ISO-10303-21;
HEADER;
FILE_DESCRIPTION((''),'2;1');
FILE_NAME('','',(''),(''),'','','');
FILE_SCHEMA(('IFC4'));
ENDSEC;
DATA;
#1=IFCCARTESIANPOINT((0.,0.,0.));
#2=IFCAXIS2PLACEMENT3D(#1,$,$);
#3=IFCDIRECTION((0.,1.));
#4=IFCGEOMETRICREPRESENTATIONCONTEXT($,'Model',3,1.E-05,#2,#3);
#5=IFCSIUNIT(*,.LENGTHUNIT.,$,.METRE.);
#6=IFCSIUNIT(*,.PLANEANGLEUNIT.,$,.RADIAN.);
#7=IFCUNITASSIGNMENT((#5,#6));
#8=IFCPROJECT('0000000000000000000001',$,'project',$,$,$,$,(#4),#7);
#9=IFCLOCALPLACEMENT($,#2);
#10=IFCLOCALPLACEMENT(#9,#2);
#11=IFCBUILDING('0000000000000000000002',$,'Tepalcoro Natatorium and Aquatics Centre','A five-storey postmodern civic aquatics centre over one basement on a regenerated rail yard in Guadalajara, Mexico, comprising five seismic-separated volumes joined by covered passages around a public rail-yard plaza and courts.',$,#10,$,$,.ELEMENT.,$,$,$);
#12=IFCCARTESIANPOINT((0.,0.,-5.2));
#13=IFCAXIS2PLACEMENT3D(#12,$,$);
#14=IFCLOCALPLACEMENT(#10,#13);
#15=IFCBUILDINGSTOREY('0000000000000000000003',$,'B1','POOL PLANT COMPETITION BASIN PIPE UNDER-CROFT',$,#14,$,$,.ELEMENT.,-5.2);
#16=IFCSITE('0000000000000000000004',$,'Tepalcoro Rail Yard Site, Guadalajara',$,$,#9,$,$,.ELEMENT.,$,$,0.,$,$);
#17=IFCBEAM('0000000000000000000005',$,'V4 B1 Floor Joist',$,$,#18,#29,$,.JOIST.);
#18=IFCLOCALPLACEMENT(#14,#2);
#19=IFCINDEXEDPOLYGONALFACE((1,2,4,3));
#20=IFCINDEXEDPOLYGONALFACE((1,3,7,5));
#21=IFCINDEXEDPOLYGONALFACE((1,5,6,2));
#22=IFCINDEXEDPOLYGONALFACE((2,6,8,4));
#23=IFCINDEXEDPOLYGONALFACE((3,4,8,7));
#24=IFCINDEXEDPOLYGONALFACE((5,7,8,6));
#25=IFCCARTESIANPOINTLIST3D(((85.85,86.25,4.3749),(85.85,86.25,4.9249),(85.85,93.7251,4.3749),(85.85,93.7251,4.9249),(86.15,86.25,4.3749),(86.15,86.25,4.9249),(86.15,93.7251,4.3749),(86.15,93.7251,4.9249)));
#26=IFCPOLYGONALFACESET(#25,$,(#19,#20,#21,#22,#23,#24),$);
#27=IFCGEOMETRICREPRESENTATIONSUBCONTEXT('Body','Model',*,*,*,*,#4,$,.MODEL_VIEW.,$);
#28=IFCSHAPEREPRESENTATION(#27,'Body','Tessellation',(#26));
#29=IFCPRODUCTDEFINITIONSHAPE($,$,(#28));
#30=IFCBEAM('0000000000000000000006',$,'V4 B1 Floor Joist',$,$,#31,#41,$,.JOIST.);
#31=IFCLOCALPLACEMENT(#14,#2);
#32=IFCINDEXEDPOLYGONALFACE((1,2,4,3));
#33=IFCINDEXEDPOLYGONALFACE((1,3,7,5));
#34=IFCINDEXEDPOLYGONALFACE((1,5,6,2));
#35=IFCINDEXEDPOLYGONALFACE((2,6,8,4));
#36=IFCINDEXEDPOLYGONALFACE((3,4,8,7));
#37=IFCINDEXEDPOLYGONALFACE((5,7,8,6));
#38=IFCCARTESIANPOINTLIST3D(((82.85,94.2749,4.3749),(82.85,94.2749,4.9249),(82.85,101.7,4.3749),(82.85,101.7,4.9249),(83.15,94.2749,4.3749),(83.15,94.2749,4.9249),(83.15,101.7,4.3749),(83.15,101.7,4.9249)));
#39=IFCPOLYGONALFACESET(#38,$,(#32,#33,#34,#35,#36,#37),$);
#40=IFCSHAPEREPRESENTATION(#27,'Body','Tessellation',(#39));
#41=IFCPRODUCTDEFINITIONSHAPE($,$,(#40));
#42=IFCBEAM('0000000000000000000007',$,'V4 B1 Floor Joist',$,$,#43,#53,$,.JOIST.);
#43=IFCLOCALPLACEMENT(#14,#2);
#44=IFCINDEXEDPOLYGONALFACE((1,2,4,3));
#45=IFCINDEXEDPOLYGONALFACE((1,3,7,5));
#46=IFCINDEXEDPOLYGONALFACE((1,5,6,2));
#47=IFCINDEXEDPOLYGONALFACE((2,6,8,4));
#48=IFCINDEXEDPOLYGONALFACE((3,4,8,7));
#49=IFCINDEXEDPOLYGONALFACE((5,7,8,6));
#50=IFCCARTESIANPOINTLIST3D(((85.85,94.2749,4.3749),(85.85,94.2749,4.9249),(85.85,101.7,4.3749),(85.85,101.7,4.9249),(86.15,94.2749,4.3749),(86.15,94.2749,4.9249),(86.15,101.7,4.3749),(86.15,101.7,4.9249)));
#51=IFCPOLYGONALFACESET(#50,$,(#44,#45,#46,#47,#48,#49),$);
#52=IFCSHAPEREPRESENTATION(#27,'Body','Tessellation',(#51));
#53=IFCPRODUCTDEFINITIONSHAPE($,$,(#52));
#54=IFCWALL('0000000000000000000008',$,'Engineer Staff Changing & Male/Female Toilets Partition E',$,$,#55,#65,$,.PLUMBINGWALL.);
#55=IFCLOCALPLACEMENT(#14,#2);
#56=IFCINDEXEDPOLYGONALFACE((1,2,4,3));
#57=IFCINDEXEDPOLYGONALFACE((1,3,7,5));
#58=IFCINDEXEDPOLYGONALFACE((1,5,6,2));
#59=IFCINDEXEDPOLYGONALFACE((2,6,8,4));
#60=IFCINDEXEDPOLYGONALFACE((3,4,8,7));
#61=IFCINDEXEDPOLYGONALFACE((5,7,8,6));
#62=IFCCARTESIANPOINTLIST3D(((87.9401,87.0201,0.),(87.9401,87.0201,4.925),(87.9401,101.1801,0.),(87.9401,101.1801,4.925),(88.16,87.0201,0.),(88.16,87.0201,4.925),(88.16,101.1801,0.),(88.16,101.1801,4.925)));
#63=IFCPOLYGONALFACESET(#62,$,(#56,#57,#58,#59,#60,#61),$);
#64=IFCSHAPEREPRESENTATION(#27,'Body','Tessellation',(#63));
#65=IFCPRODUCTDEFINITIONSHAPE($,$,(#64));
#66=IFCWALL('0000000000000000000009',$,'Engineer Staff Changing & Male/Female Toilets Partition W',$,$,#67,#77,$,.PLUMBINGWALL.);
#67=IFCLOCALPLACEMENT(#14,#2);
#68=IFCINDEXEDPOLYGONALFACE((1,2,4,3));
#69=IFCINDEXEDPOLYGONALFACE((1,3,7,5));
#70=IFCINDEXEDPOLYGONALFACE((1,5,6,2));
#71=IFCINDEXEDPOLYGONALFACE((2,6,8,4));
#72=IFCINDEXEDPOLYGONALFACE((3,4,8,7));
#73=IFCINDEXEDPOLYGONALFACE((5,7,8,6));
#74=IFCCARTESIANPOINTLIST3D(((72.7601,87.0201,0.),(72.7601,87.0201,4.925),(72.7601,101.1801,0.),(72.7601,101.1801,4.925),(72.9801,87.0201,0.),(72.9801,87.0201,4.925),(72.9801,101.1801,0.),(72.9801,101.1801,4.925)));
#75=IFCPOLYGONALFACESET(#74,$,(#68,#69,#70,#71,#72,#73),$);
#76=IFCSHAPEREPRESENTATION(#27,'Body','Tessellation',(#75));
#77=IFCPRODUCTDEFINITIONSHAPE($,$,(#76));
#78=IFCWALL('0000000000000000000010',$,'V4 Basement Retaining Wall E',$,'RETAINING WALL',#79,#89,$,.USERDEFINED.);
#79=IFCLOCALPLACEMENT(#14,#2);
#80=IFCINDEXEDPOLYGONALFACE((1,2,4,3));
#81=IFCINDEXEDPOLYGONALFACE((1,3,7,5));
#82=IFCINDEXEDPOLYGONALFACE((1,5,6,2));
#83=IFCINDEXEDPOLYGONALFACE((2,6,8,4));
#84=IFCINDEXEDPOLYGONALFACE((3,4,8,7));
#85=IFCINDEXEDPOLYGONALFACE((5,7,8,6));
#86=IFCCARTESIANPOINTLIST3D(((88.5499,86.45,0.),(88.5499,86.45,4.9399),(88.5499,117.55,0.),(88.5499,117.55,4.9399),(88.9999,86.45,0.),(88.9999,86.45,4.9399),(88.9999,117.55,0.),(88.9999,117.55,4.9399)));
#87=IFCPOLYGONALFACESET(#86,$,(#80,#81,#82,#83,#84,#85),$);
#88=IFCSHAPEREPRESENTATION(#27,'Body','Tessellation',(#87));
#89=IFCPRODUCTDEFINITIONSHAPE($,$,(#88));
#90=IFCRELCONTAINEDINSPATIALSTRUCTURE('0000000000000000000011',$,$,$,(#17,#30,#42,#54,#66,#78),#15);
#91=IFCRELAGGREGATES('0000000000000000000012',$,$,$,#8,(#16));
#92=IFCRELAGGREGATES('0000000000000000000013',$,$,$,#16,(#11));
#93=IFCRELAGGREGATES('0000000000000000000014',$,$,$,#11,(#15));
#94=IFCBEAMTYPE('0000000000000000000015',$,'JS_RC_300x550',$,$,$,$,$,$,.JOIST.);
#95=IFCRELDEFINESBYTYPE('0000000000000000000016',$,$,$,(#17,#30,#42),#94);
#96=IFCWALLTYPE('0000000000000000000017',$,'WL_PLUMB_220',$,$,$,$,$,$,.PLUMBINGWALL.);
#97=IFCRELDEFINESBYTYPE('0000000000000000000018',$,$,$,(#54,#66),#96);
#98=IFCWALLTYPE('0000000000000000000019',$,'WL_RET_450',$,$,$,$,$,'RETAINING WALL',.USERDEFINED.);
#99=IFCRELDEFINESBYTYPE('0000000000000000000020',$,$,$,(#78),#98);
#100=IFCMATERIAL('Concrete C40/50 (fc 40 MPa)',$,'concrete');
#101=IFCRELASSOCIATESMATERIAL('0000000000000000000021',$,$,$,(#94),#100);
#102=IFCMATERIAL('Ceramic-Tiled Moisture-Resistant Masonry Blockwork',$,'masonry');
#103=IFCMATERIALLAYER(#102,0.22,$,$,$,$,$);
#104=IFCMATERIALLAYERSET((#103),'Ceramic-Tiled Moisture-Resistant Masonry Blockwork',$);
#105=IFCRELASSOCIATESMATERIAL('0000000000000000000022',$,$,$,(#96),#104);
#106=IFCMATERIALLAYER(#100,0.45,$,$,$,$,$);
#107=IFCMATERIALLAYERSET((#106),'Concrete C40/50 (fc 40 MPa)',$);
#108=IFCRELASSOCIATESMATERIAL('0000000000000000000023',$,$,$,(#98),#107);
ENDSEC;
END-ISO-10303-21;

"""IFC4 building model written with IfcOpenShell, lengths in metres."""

from ifc_helpers import new_model, si_unit, direction, frame, frame_2d, origin, origin_2d, place, context, subcontext, project, spatial, rectangle, extrude, material, layer, layer_set, material_profile, profile_set, type_object, element, save


model = new_model("IFC4")

# Units and contexts
model_context = context("Model", 3, precision=1e-05, world=origin(), true_north=direction((0.0, 1.0)))
body_context = subcontext(model_context, "Body", "Model", "MODEL_VIEW")
ifc_project = project(units=[si_unit("LENGTHUNIT", "METRE"), si_unit("PLANEANGLEUNIT", "RADIAN")], contexts=[model_context])

# Site, building, storey
site_placement = place(None, origin())
site = spatial("IfcSite", under=ifc_project, at=site_placement, Name="Tepalcoro Rail Yard Site, Guadalajara", CompositionType="ELEMENT", RefElevation=0.0)
building_placement = place(site_placement, origin())
building = spatial("IfcBuilding", under=site, at=building_placement, Name="Tepalcoro Natatorium and Aquatics Centre", Description="A five-storey postmodern civic aquatics centre over one basement on a regenerated rail yard in Guadalajara, Mexico, comprising five seismic-separated volumes joined by covered passages around a public rail-yard plaza and courts.", CompositionType="ELEMENT")
storey_placement = place(building_placement, frame((0.0, 0.0, -5.2)))
storey = spatial("IfcBuildingStorey", under=building, at=storey_placement, Name="B1", Description="POOL PLANT COMPETITION BASIN PIPE UNDER-CROFT", CompositionType="ELEMENT", Elevation=-5.2)

# Shared definitions
ifc_material_1 = material(Name="Concrete C40/50 (fc 40 MPa)", Category="concrete")

# Beams
ifc_material_profile_1 = material_profile(ifc_material_1, rectangle(XDim=0.3, YDim=0.55, at=origin_2d()), Name="RCJ300x550")
ifc_profile_set_1 = profile_set([ifc_material_profile_1], Name="Concrete C40/50 (fc 40 MPa)")
beam_type_1 = type_object("IfcBeamType", Name="JS_RC_300x550", PredefinedType="JOIST", material=ifc_profile_set_1)
for number, where, z_axis, x_axis, name in (
    (1, (86.0, 86.25, 4.6499), (0.0, 1.0, 0.0), (-1.0, 0.0, 0.0), "V4 B1 Floor Joist"),
):
    element("IfcBeam", number, at=place(storey_placement, frame(where, z_axis=z_axis, x_axis=x_axis)), inside=storey, type_object=beam_type_1, Name=name, PredefinedType="JOIST", context=body_context, shape_type="SweptSolid", body=[
        extrude(rectangle(XDim=0.3, YDim=0.55, at=origin_2d()), origin(), (0.0, 0.0, 1.0), 7.4751),
    ])
for number, where, z_axis, x_axis, name in (
    (2, (83.0, 94.2749, 4.6499), (0.0, 1.0, 0.0), (-1.0, 0.0, 0.0), "V4 B1 Floor Joist"),
    (3, (86.0, 94.2749, 4.6499), (0.0, 1.0, 0.0), (-1.0, 0.0, 0.0), "V4 B1 Floor Joist"),
):
    element("IfcBeam", number, at=place(storey_placement, frame(where, z_axis=z_axis, x_axis=x_axis)), inside=storey, type_object=beam_type_1, Name=name, PredefinedType="JOIST", context=body_context, shape_type="SweptSolid", body=[
        extrude(rectangle(XDim=0.3, YDim=0.55, at=origin_2d()), origin(), (0.0, 0.0, 1.0), 7.425),
    ])

# Walls
ifc_material_2 = material(Name="Ceramic-Tiled Moisture-Resistant Masonry Blockwork", Category="masonry")
ifc_layer_1 = layer(ifc_material_2, 0.22)
ifc_layer_set_1 = layer_set([ifc_layer_1], Name="Ceramic-Tiled Moisture-Resistant Masonry Blockwork")
wall_type_1 = type_object("IfcWallType", Name="WL_PLUMB_220", PredefinedType="PLUMBINGWALL", material=ifc_layer_set_1)
for number, where, z_axis, x_axis, name in (
    (4, (88.05, 87.02, 0.0), (0.0, 0.0, 1.0), (0.0, 1.0, 0.0), "Engineer Staff Changing & Male/Female Toilets Partition E"),
    (5, (72.8701, 87.02, 0.0), (0.0, 0.0, 1.0), (0.0, 1.0, 0.0), "Engineer Staff Changing & Male/Female Toilets Partition W"),
):
    element("IfcWall", number, at=place(storey_placement, frame(where, z_axis=z_axis, x_axis=x_axis)), inside=storey, type_object=wall_type_1, Name=name, PredefinedType="PLUMBINGWALL", context=body_context, shape_type="SweptSolid", body=[
        extrude(rectangle(XDim=14.1599, YDim=0.22, at=frame_2d((7.0801, 0.0))), origin(), (0.0, 0.0, 1.0), 4.925),
    ])
ifc_layer_2 = layer(ifc_material_1, 0.45)
ifc_layer_set_2 = layer_set([ifc_layer_2], Name="Concrete C40/50 (fc 40 MPa)")
wall_type_2 = type_object("IfcWallType", Name="WL_RET_450", ElementType="RETAINING WALL", PredefinedType="USERDEFINED", material=ifc_layer_set_2)
wall_placement = place(storey_placement, frame((88.7749, 86.45, 0.0), z_axis=(0.0, 0.0, 1.0), x_axis=(0.0, 1.0, 0.0)))
element("IfcWall", 6, at=wall_placement, inside=storey, type_object=wall_type_2, Name="V4 Basement Retaining Wall E", ObjectType="RETAINING WALL", PredefinedType="USERDEFINED", context=body_context, shape_type="SweptSolid", body=[
    extrude(rectangle(XDim=31.1001, YDim=0.45, at=frame_2d((15.55, 0.0))), origin(), (0.0, 0.0, 1.0), 4.9399),
])

save(model, "model.ifc")
